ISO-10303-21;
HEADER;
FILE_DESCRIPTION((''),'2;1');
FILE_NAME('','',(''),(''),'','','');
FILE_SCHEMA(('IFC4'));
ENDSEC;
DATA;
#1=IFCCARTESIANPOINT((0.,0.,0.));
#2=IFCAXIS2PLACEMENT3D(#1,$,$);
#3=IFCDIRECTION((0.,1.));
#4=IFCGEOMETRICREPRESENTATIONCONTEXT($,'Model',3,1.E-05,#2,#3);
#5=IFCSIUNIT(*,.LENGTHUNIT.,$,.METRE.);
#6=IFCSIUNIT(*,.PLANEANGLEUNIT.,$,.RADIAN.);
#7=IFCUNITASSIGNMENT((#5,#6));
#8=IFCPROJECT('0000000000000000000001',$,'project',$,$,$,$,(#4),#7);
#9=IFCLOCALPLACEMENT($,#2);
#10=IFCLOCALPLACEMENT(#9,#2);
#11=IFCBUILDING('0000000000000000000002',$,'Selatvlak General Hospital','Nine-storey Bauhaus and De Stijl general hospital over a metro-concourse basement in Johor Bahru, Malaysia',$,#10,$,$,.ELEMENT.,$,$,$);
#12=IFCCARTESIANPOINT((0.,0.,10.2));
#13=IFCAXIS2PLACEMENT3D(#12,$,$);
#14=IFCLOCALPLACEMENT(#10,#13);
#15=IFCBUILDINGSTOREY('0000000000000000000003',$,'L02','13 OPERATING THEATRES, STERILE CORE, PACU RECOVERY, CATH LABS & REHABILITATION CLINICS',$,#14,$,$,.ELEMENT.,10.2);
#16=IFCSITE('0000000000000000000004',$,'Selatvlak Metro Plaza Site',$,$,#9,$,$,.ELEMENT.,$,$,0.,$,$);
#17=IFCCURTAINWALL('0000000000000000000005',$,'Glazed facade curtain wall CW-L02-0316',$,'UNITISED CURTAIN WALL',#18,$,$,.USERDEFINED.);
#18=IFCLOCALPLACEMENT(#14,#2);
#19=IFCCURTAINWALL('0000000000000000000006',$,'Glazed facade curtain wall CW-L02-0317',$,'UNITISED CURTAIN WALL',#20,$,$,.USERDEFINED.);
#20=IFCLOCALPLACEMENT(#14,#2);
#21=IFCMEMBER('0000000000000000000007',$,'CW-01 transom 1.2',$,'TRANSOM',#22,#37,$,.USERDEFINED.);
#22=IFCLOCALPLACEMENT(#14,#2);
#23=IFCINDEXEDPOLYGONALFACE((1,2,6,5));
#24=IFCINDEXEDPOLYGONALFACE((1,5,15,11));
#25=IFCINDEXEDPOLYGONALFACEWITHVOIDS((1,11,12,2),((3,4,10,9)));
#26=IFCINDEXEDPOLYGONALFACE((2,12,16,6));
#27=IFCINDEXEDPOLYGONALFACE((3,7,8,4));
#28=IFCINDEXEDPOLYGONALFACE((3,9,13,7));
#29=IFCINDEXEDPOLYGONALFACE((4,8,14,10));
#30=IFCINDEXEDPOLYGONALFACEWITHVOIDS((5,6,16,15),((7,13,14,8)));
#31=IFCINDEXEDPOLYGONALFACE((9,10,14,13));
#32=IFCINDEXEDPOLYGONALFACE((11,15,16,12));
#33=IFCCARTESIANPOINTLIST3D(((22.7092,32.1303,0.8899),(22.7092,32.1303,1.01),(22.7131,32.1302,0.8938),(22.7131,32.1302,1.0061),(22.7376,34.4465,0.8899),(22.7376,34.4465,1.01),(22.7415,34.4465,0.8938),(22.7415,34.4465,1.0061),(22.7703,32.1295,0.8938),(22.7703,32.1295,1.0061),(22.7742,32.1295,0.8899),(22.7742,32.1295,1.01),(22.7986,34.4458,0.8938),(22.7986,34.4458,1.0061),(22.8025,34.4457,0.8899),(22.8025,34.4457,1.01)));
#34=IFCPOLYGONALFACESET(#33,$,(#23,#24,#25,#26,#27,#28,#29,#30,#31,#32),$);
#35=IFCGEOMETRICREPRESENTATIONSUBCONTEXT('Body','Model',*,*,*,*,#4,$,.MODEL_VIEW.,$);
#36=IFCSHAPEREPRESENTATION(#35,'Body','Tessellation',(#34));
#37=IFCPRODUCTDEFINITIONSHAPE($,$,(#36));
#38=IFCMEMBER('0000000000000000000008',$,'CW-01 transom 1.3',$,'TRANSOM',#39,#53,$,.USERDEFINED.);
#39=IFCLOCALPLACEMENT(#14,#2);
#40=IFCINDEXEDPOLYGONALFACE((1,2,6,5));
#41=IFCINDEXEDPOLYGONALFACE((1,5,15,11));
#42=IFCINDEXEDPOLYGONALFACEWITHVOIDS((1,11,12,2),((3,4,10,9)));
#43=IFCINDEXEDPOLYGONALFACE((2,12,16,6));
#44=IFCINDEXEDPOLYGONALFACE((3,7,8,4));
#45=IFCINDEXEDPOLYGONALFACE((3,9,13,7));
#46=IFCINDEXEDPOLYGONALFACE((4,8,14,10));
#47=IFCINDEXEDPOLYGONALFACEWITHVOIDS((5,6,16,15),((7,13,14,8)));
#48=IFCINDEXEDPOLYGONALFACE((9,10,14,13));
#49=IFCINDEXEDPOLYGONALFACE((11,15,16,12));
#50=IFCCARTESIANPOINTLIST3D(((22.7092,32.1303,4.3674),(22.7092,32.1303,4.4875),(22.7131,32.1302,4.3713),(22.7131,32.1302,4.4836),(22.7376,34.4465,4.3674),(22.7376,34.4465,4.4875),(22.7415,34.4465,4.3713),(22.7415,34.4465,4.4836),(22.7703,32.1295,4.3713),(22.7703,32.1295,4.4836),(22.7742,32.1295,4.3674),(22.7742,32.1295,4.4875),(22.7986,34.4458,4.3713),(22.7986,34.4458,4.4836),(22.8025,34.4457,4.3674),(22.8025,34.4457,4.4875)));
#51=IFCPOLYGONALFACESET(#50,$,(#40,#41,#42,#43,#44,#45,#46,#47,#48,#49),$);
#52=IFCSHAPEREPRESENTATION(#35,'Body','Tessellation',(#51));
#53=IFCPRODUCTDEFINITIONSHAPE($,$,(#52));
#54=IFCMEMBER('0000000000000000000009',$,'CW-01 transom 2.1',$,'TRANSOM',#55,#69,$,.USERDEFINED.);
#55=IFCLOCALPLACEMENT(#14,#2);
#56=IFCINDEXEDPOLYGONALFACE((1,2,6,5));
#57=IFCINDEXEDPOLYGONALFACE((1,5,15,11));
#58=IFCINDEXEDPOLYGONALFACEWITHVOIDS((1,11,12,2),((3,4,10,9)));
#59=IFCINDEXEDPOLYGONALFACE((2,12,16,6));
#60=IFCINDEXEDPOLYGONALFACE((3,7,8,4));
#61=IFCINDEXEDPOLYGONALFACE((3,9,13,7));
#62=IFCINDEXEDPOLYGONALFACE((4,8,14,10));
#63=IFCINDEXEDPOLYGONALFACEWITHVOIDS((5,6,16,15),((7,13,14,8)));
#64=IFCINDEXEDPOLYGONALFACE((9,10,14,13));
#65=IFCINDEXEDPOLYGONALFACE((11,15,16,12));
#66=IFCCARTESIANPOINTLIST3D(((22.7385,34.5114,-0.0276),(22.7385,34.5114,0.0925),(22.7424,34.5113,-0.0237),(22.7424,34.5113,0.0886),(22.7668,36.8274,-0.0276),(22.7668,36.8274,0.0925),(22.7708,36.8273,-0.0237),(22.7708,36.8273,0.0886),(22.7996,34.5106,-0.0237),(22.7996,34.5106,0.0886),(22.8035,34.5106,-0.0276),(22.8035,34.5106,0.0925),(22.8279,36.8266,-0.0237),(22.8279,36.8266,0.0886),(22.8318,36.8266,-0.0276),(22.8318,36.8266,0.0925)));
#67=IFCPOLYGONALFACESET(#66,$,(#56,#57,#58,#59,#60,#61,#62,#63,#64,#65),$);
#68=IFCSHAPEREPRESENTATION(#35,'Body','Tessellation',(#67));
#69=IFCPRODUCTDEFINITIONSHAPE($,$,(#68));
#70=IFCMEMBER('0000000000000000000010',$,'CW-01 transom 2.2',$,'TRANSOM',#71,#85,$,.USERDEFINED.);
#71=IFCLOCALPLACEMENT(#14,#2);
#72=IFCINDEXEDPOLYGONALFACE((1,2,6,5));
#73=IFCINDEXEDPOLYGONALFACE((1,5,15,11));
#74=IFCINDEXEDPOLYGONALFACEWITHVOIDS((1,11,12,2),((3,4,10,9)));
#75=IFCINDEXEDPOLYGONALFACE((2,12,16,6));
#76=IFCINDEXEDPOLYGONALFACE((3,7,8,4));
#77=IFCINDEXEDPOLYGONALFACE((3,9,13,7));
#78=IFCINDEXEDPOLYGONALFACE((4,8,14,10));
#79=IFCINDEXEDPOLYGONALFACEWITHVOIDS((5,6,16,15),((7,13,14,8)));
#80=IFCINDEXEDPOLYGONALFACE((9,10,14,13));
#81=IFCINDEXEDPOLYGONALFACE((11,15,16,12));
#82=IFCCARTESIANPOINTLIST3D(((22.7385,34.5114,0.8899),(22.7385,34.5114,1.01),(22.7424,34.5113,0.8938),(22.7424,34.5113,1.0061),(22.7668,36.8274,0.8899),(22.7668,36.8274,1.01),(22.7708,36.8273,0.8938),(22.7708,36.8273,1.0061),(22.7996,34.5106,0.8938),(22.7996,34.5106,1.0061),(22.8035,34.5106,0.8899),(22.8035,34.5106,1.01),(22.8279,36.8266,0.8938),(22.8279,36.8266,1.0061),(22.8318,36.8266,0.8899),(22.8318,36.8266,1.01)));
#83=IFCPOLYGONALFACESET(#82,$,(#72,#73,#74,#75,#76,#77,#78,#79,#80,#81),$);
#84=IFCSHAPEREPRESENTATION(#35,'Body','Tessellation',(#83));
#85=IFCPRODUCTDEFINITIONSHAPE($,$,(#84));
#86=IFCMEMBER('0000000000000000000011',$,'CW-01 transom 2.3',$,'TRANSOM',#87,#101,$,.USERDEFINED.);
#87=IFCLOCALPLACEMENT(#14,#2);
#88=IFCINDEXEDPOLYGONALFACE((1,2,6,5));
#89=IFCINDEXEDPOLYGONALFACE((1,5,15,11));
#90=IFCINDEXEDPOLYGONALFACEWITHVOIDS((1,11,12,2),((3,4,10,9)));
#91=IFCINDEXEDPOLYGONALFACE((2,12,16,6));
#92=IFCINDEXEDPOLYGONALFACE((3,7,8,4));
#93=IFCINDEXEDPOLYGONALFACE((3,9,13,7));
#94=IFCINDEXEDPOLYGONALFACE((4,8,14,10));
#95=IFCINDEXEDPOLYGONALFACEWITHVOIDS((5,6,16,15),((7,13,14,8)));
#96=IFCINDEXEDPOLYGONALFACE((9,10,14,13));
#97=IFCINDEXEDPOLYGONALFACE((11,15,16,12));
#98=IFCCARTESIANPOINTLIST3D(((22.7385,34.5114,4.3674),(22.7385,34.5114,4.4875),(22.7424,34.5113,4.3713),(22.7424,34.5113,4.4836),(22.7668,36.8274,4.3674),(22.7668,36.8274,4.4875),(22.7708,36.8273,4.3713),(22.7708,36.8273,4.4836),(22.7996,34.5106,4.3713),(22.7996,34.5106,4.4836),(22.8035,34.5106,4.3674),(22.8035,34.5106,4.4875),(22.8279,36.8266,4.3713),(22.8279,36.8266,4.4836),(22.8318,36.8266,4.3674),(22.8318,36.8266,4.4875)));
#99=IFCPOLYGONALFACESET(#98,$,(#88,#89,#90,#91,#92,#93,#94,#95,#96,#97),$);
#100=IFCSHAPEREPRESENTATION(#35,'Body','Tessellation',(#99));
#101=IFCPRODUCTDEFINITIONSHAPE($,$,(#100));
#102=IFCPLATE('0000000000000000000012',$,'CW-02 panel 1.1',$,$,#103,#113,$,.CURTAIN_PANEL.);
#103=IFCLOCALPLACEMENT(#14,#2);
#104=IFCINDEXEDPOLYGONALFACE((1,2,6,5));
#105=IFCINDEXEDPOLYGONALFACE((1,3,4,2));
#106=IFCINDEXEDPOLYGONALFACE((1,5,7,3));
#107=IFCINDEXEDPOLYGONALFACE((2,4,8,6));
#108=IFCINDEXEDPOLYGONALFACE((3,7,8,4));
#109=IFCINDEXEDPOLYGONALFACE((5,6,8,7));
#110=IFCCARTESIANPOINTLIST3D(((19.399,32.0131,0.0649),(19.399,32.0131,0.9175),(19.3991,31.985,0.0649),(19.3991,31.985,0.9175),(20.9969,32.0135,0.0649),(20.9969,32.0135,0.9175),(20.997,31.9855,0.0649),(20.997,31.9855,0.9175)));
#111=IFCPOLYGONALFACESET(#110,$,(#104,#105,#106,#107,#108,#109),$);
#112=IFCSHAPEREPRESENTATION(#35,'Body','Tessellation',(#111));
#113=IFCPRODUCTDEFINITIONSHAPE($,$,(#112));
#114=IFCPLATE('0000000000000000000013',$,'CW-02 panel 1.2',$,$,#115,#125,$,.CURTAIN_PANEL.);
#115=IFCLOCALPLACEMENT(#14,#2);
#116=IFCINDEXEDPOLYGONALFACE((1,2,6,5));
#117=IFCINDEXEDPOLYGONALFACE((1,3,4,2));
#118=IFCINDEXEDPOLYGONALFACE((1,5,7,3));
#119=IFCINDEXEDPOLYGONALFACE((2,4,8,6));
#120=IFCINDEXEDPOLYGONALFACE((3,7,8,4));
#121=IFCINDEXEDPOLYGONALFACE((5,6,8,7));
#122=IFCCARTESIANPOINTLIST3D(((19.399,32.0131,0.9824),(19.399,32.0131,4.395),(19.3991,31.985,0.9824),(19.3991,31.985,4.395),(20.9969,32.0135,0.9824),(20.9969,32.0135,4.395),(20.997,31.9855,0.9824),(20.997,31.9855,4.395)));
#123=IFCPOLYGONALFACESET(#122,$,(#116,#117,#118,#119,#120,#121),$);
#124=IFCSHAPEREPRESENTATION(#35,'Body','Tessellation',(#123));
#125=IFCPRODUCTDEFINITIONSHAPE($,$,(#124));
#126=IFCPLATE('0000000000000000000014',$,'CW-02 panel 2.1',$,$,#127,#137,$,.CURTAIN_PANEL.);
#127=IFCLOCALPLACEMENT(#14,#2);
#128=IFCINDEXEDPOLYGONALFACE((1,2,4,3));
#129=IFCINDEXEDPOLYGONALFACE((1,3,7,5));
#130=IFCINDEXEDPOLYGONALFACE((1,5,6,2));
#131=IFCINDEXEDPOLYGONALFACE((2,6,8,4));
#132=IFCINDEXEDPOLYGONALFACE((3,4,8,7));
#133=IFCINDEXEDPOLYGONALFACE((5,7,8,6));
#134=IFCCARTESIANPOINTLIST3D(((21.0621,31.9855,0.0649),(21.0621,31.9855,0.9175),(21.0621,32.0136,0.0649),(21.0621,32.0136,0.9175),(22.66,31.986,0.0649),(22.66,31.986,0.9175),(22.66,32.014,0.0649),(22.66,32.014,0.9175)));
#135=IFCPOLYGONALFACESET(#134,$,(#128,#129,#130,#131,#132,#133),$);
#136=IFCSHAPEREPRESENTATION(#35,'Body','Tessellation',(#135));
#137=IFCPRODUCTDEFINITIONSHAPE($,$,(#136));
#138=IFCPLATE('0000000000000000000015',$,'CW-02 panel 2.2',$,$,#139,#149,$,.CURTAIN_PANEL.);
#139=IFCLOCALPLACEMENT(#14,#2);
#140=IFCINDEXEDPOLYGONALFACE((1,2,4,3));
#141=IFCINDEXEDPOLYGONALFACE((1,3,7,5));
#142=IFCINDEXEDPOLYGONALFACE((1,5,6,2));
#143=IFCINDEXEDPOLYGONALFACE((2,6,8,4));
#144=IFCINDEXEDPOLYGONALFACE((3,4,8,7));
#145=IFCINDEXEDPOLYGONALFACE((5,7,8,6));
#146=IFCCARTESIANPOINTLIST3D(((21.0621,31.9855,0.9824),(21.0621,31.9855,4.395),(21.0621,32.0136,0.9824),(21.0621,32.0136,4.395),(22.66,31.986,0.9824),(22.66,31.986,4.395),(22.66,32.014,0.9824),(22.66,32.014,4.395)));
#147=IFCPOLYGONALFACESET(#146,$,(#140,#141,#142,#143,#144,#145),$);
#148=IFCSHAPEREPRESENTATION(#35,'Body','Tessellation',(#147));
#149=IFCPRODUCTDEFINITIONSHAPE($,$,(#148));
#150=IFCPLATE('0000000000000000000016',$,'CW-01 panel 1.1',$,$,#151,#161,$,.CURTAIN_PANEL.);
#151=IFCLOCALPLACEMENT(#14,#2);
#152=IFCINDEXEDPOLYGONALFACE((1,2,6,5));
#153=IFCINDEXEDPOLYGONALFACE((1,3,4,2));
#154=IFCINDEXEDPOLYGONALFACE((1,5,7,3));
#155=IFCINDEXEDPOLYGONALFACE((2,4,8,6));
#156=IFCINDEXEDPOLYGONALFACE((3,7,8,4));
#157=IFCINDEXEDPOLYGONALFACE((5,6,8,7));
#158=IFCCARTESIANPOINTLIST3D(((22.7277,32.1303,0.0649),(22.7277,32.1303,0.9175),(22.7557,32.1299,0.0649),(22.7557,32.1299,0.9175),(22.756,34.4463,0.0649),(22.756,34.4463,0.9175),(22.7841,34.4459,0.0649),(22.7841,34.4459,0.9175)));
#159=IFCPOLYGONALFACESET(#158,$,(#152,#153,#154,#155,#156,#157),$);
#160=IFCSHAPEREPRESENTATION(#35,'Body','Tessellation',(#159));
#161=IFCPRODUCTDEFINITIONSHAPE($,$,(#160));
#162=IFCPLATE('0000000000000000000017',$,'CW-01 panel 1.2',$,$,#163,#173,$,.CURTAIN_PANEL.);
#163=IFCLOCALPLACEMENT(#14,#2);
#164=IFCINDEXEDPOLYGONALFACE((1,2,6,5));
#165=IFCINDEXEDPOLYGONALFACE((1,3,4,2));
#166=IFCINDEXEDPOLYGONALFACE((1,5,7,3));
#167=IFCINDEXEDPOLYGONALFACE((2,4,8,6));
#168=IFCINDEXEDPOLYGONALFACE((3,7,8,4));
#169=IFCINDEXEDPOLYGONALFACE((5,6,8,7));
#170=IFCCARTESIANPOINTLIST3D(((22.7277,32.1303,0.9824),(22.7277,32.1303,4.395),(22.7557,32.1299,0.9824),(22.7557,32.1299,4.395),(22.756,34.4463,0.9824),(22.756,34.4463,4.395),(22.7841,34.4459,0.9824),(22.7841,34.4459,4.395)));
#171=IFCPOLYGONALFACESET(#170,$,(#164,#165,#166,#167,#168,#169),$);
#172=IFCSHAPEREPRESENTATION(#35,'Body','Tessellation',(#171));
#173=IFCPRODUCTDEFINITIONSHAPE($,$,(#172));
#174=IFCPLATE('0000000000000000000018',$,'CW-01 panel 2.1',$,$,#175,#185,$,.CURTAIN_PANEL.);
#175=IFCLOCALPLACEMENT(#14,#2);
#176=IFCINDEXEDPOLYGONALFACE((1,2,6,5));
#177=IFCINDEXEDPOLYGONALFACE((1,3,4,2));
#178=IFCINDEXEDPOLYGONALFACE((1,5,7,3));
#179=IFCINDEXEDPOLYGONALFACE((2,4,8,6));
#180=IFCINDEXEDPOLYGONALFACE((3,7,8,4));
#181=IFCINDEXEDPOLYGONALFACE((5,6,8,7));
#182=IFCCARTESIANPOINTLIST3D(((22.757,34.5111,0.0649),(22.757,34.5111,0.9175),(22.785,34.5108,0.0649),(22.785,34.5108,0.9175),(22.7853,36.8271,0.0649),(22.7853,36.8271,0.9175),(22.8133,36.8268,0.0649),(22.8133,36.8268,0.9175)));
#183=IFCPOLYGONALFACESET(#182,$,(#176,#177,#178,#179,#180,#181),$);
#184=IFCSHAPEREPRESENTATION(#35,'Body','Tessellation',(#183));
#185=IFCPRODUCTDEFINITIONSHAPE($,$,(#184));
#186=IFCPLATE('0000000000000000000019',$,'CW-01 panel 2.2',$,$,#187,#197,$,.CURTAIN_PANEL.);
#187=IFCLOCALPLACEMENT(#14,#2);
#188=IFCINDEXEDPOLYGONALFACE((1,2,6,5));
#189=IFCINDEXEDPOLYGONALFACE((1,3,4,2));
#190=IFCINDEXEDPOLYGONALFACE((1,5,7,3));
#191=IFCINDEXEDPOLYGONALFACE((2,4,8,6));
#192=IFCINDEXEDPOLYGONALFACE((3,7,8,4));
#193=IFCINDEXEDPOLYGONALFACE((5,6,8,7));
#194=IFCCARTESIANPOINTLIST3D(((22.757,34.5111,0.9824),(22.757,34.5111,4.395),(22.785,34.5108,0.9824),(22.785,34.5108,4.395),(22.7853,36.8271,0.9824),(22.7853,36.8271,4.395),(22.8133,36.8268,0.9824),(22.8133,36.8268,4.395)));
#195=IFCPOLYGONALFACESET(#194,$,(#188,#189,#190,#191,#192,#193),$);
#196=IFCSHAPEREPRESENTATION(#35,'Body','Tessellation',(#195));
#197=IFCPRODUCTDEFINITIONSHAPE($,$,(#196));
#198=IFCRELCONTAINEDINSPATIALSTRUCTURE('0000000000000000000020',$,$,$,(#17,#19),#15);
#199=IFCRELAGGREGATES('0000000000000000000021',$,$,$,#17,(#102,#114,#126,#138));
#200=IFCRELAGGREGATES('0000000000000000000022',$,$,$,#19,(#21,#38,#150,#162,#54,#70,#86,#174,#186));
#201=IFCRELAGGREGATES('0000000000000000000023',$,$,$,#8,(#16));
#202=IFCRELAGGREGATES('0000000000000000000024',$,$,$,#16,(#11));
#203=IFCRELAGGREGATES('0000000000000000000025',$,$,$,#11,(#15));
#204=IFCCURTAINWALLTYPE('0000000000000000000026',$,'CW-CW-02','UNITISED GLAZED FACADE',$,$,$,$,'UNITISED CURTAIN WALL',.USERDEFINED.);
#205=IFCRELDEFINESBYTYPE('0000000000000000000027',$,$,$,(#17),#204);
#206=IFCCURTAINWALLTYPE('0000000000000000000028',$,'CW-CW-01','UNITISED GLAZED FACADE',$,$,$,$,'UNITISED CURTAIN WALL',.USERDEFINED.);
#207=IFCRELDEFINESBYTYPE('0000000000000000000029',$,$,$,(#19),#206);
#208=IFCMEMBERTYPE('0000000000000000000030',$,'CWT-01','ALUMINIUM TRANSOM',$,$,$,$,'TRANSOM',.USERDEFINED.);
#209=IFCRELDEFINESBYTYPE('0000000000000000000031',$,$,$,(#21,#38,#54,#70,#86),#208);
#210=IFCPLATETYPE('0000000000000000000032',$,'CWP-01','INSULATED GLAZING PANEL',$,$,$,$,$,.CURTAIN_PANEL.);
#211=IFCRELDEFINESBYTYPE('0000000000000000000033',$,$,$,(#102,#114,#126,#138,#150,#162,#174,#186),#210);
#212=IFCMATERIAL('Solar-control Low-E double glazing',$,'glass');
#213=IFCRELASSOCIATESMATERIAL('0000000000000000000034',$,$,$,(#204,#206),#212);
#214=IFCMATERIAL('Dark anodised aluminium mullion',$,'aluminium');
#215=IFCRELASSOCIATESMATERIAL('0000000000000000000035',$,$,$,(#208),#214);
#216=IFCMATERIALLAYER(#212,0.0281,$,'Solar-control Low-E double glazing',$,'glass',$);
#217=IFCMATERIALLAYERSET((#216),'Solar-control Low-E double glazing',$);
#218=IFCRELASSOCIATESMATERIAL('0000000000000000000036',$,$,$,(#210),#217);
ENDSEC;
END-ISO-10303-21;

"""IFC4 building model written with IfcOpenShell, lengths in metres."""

from ifc_helpers import new_model, si_unit, direction, frame, origin, origin_2d, place, context, subcontext, project, spatial, rectangle, hollow_rectangle, extrude, material, layer, layer_set, material_profile, profile_set, type_object, element, aggregate, save


model = new_model("IFC4")

# Units and contexts
model_context = context("Model", 3, precision=1e-05, world=origin(), true_north=direction((0.0, 1.0)))
body_context = subcontext(model_context, "Body", "Model", "MODEL_VIEW")
ifc_project = project(units=[si_unit("LENGTHUNIT", "METRE"), si_unit("PLANEANGLEUNIT", "RADIAN")], contexts=[model_context])

# Site, building, storey
site_placement = place(None, origin())
site = spatial("IfcSite", under=ifc_project, at=site_placement, Name="Selatvlak Metro Plaza Site", CompositionType="ELEMENT", RefElevation=0.0)
building_placement = place(site_placement, origin())
building = spatial("IfcBuilding", under=site, at=building_placement, Name="Selatvlak General Hospital", Description="Nine-storey Bauhaus and De Stijl general hospital over a metro-concourse basement in Johor Bahru, Malaysia", CompositionType="ELEMENT")
storey_placement = place(building_placement, frame((0.0, 0.0, 10.2)))
storey = spatial("IfcBuildingStorey", under=building, at=storey_placement, Name="L02", Description="13 OPERATING THEATRES, STERILE CORE, PACU RECOVERY, CATH LABS & REHABILITATION CLINICS", CompositionType="ELEMENT", Elevation=10.2)

# Curtain walls
ifc_material_1 = material(Name="Solar-control Low-E double glazing", Category="glass")
curtain_wall_type_1 = type_object("IfcCurtainWallType", Name="CW-CW-02", Description="UNITISED GLAZED FACADE", ElementType="UNITISED CURTAIN WALL", PredefinedType="USERDEFINED", material=ifc_material_1)
curtain_wall_1_placement = place(storey_placement, origin())
curtain_wall_1 = element("IfcCurtainWall", 1, at=curtain_wall_1_placement, inside=storey, type_object=curtain_wall_type_1, Name="Glazed facade curtain wall CW-L02-0316", ObjectType="UNITISED CURTAIN WALL", PredefinedType="USERDEFINED")
ifc_material_2 = material(Name="Dark anodised aluminium mullion", Category="aluminium")
curtain_wall_type_2 = type_object("IfcCurtainWallType", Name="CW-CW-01", Description="UNITISED GLAZED FACADE", ElementType="UNITISED CURTAIN WALL", PredefinedType="USERDEFINED", material=ifc_material_1)
curtain_wall_2_placement = place(storey_placement, origin())
curtain_wall_2 = element("IfcCurtainWall", 2, at=curtain_wall_2_placement, inside=storey, type_object=curtain_wall_type_2, Name="Glazed facade curtain wall CW-L02-0317", ObjectType="UNITISED CURTAIN WALL", PredefinedType="USERDEFINED")

# Members
ifc_material_profile_1 = material_profile(ifc_material_2, hollow_rectangle(XDim=0.0649, YDim=0.1201, WallThickness=0.0039, at=origin_2d()), Name="AL-TRN 65x120x4")
ifc_profile_set_1 = profile_set([ifc_material_profile_1], Name="Dark anodised aluminium mullion")
member_type_1 = type_object("IfcMemberType", Name="CWT-01", Description="ALUMINIUM TRANSOM", ElementType="TRANSOM", PredefinedType="USERDEFINED", material=ifc_profile_set_1)
member_1_placement = place(storey_placement, frame((22.7417, 32.1299, 0.95), z_axis=(0.012226, 0.999925, 0.0), x_axis=(-0.999925, 0.012226, 0.0)))
member_1 = element("IfcMember", 3, at=member_1_placement, type_object=member_type_1, Name="CW-01 transom 1.2", ObjectType="TRANSOM", PredefinedType="USERDEFINED", context=body_context, shape_type="SweptSolid", body=[
    extrude(hollow_rectangle(XDim=0.0649, YDim=0.1201, WallThickness=0.0039, at=origin_2d()), origin(), (0.0, 0.0, 1.0), 2.3164),
])
member_2_placement = place(storey_placement, frame((22.7417, 32.1299, 4.4275), z_axis=(0.012226, 0.999925, 0.0), x_axis=(-0.999925, 0.012226, 0.0)))
member_2 = element("IfcMember", 4, at=member_2_placement, type_object=member_type_1, Name="CW-01 transom 1.3", ObjectType="TRANSOM", PredefinedType="USERDEFINED", context=body_context, shape_type="SweptSolid", body=[
    extrude(hollow_rectangle(XDim=0.0649, YDim=0.1201, WallThickness=0.0039, at=origin_2d()), origin(), (0.0, 0.0, 1.0), 2.3164),
])
member_3_placement = place(storey_placement, frame((22.771, 34.511, 0.0325), z_axis=(0.012228, 0.999925, 0.0), x_axis=(-0.999925, 0.012228, 0.0)))
member_3 = element("IfcMember", 5, at=member_3_placement, type_object=member_type_1, Name="CW-01 transom 2.1", ObjectType="TRANSOM", PredefinedType="USERDEFINED", context=body_context, shape_type="SweptSolid", body=[
    extrude(hollow_rectangle(XDim=0.0649, YDim=0.1201, WallThickness=0.0039, at=origin_2d()), origin(), (0.0, 0.0, 1.0), 2.3162),
])
member_4_placement = place(storey_placement, frame((22.771, 34.511, 0.95), z_axis=(0.012228, 0.999925, 0.0), x_axis=(-0.999925, 0.012228, 0.0)))
member_4 = element("IfcMember", 6, at=member_4_placement, type_object=member_type_1, Name="CW-01 transom 2.2", ObjectType="TRANSOM", PredefinedType="USERDEFINED", context=body_context, shape_type="SweptSolid", body=[
    extrude(hollow_rectangle(XDim=0.0649, YDim=0.1201, WallThickness=0.0039, at=origin_2d()), origin(), (0.0, 0.0, 1.0), 2.3162),
])
member_5_placement = place(storey_placement, frame((22.771, 34.511, 4.4275), z_axis=(0.012228, 0.999925, 0.0), x_axis=(-0.999925, 0.012228, 0.0)))
member_5 = element("IfcMember", 7, at=member_5_placement, type_object=member_type_1, Name="CW-01 transom 2.3", ObjectType="TRANSOM", PredefinedType="USERDEFINED", context=body_context, shape_type="SweptSolid", body=[
    extrude(hollow_rectangle(XDim=0.0649, YDim=0.1201, WallThickness=0.0039, at=origin_2d()), origin(), (0.0, 0.0, 1.0), 2.3162),
])

# Plates
ifc_layer = layer(ifc_material_1, 0.0281, Name="Solar-control Low-E double glazing", Category="glass")
ifc_layer_set = layer_set([ifc_layer], Name="Solar-control Low-E double glazing")
plate_type = type_object("IfcPlateType", Name="CWP-01", Description="INSULATED GLAZING PANEL", PredefinedType="CURTAIN_PANEL", material=ifc_layer_set)
plate_1_placement = place(storey_placement, frame((20.198, 31.9993, 0.0649), z_axis=(0.0, 0.0, 1.0), x_axis=(1.0, 0.000295, 0.0)))
plate_1 = element("IfcPlate", 8, at=plate_1_placement, type_object=plate_type, Name="CW-02 panel 1.1", PredefinedType="CURTAIN_PANEL", context=body_context, shape_type="SweptSolid", body=[
    extrude(rectangle(XDim=1.5979, YDim=0.0281, at=origin_2d()), origin(), (0.0, 0.0, 1.0), 0.8525),
])
plate_2_placement = place(storey_placement, frame((20.198, 31.9993, 0.9824), z_axis=(0.0, 0.0, 1.0), x_axis=(1.0, 0.000295, 0.0)))
plate_2 = element("IfcPlate", 9, at=plate_2_placement, type_object=plate_type, Name="CW-02 panel 1.2", PredefinedType="CURTAIN_PANEL", context=body_context, shape_type="SweptSolid", body=[
    extrude(rectangle(XDim=1.5979, YDim=0.0281, at=origin_2d()), origin(), (0.0, 0.0, 1.0), 3.4126),
])
plate_3_placement = place(storey_placement, frame((21.8611, 31.9998, 0.0649), z_axis=(0.0, 0.0, 1.0), x_axis=(1.0, 0.000295, 0.0)))
plate_3 = element("IfcPlate", 10, at=plate_3_placement, type_object=plate_type, Name="CW-02 panel 2.1", PredefinedType="CURTAIN_PANEL", context=body_context, shape_type="SweptSolid", body=[
    extrude(rectangle(XDim=1.5979, YDim=0.0281, at=origin_2d()), origin(), (0.0, 0.0, 1.0), 0.8525),
])
plate_4_placement = place(storey_placement, frame((21.8611, 31.9998, 0.9824), z_axis=(0.0, 0.0, 1.0), x_axis=(1.0, 0.000295, 0.0)))
plate_4 = element("IfcPlate", 11, at=plate_4_placement, type_object=plate_type, Name="CW-02 panel 2.2", PredefinedType="CURTAIN_PANEL", context=body_context, shape_type="SweptSolid", body=[
    extrude(rectangle(XDim=1.5979, YDim=0.0281, at=origin_2d()), origin(), (0.0, 0.0, 1.0), 3.4126),
])
aggregate(curtain_wall_1, [plate_1, plate_2, plate_3, plate_4])
plate_5_placement = place(storey_placement, frame((22.7559, 33.2881, 0.0649), z_axis=(0.0, 0.0, 1.0), x_axis=(0.012222, 0.999925, 0.0)))
plate_5 = element("IfcPlate", 12, at=plate_5_placement, type_object=plate_type, Name="CW-01 panel 1.1", PredefinedType="CURTAIN_PANEL", context=body_context, shape_type="SweptSolid", body=[
    extrude(rectangle(XDim=2.3162, YDim=0.0281, at=origin_2d()), origin(), (0.0, 0.0, 1.0), 0.8525),
])
plate_6_placement = place(storey_placement, frame((22.7559, 33.2881, 0.9824), z_axis=(0.0, 0.0, 1.0), x_axis=(0.012222, 0.999925, 0.0)))
plate_6 = element("IfcPlate", 13, at=plate_6_placement, type_object=plate_type, Name="CW-01 panel 1.2", PredefinedType="CURTAIN_PANEL", context=body_context, shape_type="SweptSolid", body=[
    extrude(rectangle(XDim=2.3162, YDim=0.0281, at=origin_2d()), origin(), (0.0, 0.0, 1.0), 3.4126),
])
plate_7_placement = place(storey_placement, frame((22.7852, 35.6689, 0.0649), z_axis=(0.0, 0.0, 1.0), x_axis=(0.012222, 0.999925, 0.0)))
plate_7 = element("IfcPlate", 14, at=plate_7_placement, type_object=plate_type, Name="CW-01 panel 2.1", PredefinedType="CURTAIN_PANEL", context=body_context, shape_type="SweptSolid", body=[
    extrude(rectangle(XDim=2.3162, YDim=0.0281, at=origin_2d()), origin(), (0.0, 0.0, 1.0), 0.8525),
])
plate_8_placement = place(storey_placement, frame((22.7852, 35.6689, 0.9824), z_axis=(0.0, 0.0, 1.0), x_axis=(0.012222, 0.999925, 0.0)))
plate_8 = element("IfcPlate", 15, at=plate_8_placement, type_object=plate_type, Name="CW-01 panel 2.2", PredefinedType="CURTAIN_PANEL", context=body_context, shape_type="SweptSolid", body=[
    extrude(rectangle(XDim=2.3162, YDim=0.0281, at=origin_2d()), origin(), (0.0, 0.0, 1.0), 3.4126),
])
aggregate(curtain_wall_2, [member_1, member_2, plate_5, plate_6, member_3, member_4, member_5, plate_7, plate_8])

save(model, "model.ifc")
